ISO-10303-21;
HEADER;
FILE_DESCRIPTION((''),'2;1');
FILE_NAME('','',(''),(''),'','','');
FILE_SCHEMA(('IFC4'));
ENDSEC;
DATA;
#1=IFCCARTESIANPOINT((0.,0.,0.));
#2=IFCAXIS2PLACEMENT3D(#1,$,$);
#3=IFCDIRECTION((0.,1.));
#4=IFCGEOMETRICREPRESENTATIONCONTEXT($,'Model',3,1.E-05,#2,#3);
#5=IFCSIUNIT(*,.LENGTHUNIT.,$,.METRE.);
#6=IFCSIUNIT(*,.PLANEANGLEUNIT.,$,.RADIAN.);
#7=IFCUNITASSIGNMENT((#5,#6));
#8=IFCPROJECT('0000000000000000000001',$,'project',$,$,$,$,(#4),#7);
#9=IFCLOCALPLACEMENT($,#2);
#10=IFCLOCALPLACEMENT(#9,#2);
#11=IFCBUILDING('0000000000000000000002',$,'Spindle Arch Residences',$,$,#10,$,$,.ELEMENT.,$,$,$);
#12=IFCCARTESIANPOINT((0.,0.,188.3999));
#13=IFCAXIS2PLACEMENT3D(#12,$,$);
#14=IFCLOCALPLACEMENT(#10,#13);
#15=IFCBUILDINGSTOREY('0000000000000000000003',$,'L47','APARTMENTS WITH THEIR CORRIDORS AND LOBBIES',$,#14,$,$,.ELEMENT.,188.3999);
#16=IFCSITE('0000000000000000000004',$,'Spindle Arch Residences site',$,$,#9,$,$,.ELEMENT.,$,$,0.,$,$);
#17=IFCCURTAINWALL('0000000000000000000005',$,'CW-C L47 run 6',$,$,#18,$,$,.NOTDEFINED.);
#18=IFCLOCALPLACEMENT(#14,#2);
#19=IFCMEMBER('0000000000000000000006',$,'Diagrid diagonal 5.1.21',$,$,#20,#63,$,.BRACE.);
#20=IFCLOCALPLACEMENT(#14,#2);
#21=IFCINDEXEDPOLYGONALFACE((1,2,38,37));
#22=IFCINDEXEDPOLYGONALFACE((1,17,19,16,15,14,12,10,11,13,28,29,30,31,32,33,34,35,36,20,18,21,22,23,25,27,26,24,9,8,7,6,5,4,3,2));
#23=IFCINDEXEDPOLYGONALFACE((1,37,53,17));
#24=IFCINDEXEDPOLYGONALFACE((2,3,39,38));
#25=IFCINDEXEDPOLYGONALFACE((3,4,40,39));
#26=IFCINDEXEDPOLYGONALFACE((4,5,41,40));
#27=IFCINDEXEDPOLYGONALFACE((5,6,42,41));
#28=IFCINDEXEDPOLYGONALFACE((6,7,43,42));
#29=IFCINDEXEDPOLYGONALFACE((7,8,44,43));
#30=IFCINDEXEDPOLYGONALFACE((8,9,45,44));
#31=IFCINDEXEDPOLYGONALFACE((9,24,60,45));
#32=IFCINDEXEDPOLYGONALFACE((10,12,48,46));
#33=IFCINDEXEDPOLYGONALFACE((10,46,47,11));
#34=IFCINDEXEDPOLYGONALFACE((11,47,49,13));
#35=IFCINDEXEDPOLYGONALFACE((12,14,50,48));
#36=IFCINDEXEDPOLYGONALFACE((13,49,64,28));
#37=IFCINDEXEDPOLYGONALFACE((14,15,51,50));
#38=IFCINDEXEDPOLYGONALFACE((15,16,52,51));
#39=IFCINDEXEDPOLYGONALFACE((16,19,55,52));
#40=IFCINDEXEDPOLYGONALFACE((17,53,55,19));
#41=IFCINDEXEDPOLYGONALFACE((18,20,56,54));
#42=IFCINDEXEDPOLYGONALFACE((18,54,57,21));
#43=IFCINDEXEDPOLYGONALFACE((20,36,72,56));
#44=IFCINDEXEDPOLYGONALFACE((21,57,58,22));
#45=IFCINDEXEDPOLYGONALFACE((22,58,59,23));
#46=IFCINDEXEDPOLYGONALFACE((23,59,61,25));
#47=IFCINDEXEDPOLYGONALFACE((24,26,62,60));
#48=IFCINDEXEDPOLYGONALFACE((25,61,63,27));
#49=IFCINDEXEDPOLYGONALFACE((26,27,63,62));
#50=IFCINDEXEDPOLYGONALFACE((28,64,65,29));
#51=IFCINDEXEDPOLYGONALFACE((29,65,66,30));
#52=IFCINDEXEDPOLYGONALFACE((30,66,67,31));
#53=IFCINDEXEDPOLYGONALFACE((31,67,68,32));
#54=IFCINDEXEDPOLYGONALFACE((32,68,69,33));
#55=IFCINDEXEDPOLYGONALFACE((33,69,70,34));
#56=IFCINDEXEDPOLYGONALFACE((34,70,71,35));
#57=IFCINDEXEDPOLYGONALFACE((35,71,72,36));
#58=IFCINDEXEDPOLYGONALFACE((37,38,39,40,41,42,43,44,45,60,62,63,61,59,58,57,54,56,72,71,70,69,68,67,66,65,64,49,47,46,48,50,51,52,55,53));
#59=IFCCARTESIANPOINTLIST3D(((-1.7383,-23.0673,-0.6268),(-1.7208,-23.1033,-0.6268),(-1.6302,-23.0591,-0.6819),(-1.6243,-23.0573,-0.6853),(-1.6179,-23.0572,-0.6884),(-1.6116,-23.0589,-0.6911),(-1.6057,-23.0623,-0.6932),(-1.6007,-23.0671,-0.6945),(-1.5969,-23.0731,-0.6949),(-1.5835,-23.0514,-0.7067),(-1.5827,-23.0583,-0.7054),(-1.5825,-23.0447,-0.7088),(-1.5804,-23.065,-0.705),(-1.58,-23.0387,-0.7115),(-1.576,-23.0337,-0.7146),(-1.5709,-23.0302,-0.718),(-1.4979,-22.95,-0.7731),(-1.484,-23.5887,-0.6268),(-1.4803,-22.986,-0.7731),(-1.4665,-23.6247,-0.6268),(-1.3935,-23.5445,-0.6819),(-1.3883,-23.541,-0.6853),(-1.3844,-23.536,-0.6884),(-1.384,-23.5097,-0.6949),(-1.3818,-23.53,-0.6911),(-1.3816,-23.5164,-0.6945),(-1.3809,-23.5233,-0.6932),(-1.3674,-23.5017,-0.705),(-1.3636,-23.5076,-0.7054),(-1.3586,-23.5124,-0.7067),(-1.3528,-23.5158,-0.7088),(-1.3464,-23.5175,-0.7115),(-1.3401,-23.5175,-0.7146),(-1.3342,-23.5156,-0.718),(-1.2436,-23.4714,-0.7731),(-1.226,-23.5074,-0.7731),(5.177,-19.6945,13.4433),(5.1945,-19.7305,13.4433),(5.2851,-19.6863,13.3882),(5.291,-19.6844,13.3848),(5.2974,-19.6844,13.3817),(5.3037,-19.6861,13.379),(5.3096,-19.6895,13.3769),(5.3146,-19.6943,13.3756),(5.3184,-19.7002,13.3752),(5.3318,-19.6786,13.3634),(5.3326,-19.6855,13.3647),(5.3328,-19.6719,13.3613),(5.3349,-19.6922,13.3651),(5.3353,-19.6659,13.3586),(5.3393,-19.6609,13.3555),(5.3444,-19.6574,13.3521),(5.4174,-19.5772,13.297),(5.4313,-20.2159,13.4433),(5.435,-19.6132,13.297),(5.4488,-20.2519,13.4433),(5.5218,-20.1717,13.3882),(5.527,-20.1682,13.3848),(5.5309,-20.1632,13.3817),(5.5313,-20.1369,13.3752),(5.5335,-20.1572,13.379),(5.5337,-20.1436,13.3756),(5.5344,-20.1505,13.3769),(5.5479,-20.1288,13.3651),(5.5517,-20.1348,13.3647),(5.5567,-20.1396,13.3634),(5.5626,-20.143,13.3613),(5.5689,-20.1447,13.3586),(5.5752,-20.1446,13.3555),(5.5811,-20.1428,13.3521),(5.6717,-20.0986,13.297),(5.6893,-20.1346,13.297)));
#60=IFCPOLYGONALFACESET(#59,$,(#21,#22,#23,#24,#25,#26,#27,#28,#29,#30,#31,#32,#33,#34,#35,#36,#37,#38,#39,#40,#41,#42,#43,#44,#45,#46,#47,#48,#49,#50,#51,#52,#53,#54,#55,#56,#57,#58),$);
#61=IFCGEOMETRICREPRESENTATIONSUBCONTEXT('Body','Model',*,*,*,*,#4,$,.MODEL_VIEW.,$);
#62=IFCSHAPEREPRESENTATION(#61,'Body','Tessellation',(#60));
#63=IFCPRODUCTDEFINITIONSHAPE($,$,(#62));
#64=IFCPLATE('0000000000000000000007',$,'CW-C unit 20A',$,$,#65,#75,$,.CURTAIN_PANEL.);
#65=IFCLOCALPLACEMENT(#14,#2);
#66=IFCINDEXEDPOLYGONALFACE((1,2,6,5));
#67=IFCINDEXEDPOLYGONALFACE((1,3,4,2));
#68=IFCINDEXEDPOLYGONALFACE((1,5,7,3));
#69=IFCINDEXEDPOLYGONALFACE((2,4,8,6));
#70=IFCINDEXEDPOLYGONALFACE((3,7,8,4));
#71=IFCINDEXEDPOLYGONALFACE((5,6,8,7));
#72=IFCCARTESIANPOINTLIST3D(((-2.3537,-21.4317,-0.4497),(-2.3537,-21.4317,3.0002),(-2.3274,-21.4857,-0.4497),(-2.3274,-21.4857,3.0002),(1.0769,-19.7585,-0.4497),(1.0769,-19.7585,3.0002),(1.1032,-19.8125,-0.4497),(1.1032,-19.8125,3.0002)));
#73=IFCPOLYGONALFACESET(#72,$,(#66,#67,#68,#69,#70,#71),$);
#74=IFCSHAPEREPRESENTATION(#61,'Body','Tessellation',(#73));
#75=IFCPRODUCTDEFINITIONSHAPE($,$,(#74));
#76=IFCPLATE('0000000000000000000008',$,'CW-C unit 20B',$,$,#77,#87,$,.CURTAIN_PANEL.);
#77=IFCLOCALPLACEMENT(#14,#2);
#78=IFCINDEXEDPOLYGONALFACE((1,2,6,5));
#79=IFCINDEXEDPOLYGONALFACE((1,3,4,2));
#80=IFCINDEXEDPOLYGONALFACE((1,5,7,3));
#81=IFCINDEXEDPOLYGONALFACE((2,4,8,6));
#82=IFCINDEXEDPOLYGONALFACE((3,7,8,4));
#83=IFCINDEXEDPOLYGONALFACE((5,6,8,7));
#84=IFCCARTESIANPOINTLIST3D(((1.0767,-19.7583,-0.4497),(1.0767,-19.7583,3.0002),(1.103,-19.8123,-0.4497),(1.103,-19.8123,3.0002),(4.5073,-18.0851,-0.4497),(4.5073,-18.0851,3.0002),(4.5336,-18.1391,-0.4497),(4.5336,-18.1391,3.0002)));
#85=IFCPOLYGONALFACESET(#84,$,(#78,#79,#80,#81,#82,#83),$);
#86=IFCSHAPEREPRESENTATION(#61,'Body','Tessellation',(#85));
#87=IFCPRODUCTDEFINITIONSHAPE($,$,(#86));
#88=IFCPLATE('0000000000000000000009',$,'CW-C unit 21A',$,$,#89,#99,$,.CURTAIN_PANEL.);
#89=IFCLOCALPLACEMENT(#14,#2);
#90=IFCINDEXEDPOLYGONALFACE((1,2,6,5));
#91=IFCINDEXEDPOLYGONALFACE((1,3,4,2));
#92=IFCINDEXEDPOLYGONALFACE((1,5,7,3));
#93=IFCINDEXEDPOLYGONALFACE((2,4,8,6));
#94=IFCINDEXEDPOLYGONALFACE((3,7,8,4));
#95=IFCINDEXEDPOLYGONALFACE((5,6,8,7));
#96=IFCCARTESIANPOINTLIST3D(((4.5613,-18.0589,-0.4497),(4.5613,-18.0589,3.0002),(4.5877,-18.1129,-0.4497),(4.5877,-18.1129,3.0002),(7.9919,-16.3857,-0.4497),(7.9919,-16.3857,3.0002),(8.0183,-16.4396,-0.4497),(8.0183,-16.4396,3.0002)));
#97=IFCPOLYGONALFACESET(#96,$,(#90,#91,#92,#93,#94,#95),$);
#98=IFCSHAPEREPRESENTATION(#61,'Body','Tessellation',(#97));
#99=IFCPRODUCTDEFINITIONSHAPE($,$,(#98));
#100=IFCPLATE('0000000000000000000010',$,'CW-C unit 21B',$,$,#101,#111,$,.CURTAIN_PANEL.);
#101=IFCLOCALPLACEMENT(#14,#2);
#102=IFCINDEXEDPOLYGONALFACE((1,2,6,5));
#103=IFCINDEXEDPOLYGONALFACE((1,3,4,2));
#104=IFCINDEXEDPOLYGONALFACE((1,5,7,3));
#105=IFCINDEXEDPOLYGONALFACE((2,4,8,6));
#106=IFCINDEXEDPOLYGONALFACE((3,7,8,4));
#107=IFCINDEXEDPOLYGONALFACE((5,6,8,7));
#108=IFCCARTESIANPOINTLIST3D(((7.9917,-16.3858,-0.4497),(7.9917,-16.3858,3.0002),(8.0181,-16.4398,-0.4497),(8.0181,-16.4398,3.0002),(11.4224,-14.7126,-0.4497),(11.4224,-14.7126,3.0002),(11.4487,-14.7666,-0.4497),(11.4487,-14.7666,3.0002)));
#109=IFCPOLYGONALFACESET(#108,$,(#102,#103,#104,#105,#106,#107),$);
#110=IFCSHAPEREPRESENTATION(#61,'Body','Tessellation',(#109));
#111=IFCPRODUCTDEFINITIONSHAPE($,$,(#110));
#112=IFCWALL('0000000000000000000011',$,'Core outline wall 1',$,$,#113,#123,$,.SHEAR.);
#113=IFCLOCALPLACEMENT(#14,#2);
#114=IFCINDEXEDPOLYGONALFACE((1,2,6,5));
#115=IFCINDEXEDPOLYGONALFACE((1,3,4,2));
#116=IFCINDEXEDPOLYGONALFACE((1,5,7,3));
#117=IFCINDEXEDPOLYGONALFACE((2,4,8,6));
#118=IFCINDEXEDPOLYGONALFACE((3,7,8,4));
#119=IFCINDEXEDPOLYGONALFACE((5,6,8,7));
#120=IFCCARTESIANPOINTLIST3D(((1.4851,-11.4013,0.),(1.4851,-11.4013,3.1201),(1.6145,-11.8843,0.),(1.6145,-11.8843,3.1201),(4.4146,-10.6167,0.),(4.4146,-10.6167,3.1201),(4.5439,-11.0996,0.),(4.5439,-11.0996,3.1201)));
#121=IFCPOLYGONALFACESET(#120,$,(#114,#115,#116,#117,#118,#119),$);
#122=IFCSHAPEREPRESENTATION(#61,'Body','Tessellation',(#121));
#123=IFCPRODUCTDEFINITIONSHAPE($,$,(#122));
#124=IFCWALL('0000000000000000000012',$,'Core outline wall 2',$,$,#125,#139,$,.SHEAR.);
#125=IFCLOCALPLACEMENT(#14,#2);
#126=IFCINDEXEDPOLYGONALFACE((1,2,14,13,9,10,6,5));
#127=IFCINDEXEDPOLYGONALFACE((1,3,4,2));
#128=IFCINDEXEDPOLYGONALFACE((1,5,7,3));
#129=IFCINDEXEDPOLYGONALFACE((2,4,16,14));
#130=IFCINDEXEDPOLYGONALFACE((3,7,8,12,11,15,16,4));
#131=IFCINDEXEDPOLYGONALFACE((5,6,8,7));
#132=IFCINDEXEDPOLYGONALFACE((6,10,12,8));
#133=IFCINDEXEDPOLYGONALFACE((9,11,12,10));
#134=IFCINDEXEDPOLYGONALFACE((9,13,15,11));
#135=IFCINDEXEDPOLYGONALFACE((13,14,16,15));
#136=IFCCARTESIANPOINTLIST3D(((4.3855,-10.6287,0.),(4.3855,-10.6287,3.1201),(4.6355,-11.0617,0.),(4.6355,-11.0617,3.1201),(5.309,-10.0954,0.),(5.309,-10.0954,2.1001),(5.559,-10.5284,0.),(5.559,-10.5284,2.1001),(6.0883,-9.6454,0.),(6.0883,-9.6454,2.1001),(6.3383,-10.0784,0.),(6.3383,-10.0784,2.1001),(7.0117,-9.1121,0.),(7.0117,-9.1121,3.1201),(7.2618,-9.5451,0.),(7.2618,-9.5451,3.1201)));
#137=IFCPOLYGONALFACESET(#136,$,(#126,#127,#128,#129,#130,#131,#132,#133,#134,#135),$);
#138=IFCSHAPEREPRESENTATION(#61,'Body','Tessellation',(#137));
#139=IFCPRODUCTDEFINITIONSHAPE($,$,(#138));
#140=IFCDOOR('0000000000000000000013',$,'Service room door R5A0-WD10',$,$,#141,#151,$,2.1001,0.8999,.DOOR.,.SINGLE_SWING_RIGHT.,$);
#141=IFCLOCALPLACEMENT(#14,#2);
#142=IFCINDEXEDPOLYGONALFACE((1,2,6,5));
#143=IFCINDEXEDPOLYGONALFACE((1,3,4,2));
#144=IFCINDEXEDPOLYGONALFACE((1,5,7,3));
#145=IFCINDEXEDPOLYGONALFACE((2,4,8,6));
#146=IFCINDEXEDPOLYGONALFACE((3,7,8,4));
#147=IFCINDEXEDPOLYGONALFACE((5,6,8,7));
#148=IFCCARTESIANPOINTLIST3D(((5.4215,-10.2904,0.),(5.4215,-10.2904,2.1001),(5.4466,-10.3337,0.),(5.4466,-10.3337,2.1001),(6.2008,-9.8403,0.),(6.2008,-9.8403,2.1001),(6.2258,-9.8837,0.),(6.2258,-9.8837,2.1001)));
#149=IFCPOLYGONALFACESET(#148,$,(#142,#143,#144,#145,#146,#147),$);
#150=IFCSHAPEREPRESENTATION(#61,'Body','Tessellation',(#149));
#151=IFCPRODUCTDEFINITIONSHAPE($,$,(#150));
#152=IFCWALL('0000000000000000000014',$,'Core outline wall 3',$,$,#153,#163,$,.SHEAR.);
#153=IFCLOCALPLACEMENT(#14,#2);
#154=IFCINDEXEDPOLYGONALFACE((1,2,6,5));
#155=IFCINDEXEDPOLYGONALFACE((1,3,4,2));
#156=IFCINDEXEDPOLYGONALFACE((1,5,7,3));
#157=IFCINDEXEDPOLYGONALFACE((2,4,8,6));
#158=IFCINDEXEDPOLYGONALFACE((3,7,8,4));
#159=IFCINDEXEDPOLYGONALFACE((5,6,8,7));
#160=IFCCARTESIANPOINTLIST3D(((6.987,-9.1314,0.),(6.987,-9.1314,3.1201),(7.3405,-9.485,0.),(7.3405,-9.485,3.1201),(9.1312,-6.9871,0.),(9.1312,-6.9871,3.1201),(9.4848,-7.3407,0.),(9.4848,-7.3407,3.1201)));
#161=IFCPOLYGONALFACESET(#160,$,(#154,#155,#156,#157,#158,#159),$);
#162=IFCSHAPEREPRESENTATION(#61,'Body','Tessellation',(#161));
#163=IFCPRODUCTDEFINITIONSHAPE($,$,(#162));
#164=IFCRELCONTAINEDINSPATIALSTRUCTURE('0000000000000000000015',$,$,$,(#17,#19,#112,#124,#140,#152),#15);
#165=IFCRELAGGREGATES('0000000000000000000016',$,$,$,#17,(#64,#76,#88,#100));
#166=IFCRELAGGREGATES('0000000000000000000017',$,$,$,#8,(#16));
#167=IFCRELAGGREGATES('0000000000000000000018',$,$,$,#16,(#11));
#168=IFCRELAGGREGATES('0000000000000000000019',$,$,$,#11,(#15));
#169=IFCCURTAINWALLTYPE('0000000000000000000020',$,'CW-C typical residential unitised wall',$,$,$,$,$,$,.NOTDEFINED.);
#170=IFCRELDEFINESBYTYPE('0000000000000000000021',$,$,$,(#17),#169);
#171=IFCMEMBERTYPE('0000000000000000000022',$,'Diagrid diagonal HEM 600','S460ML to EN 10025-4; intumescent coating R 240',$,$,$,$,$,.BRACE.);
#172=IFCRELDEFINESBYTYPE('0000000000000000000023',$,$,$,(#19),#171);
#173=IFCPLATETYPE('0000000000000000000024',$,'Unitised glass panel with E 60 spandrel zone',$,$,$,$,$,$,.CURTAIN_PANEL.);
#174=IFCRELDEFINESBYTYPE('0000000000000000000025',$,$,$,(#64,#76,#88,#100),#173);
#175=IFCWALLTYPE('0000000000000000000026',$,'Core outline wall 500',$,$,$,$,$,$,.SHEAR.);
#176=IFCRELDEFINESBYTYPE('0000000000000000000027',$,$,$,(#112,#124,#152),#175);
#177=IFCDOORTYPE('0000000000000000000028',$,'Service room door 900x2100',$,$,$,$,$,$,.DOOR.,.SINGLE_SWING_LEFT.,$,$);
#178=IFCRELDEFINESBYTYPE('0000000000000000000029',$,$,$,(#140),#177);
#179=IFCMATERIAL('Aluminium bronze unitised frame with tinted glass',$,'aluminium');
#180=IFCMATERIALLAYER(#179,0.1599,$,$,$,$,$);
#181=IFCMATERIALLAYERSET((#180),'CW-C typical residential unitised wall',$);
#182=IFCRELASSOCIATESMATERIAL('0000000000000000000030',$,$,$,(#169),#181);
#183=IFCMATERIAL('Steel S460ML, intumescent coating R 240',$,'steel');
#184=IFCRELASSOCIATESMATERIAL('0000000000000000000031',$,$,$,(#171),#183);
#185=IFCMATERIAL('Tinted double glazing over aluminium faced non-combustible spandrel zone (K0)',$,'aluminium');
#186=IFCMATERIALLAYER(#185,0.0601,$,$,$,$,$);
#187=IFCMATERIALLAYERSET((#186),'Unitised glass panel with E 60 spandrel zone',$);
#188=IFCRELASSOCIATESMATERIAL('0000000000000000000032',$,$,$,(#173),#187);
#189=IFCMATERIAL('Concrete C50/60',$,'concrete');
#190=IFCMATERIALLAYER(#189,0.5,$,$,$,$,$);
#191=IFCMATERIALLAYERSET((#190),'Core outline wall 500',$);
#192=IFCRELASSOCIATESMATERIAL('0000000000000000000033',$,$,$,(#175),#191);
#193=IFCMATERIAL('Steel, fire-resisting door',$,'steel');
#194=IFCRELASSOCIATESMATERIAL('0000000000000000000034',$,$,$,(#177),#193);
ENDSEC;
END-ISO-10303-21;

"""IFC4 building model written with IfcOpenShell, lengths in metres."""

from ifc_helpers import new_model, si_unit, direction, frame, frame_2d, origin, origin_2d, place, context, subcontext, project, spatial, rectangle, i_section, extrude, material, layer, layer_set, material_profile, profile_set, type_object, element, fill, aggregate, save


model = new_model("IFC4")

# Units and contexts
model_context = context("Model", 3, precision=1e-05, world=origin(), true_north=direction((0.0, 1.0)))
body_context = subcontext(model_context, "Body", "Model", "MODEL_VIEW")
ifc_project = project(units=[si_unit("LENGTHUNIT", "METRE"), si_unit("PLANEANGLEUNIT", "RADIAN")], contexts=[model_context])

# Site, building, storey
site_placement = place(None, origin())
site = spatial("IfcSite", under=ifc_project, at=site_placement, Name="Spindle Arch Residences site", CompositionType="ELEMENT", RefElevation=0.0)
building_placement = place(site_placement, origin())
building = spatial("IfcBuilding", under=site, at=building_placement, Name="Spindle Arch Residences", CompositionType="ELEMENT")
storey_placement = place(building_placement, frame((0.0, 0.0, 188.3999)))
storey = spatial("IfcBuildingStorey", under=building, at=storey_placement, Name="L47", Description="APARTMENTS WITH THEIR CORRIDORS AND LOBBIES", CompositionType="ELEMENT", Elevation=188.3999)

# Curtain wall
ifc_material_1 = material(Name="Aluminium bronze unitised frame with tinted glass", Category="aluminium")
ifc_layer_1 = layer(ifc_material_1, 0.1599)
ifc_layer_set_1 = layer_set([ifc_layer_1], Name="CW-C typical residential unitised wall")
curtain_wall_type = type_object("IfcCurtainWallType", Name="CW-C typical residential unitised wall", PredefinedType="NOTDEFINED", material=ifc_layer_set_1)
curtain_wall_placement = place(storey_placement, origin())
curtain_wall = element("IfcCurtainWall", 1, at=curtain_wall_placement, inside=storey, type_object=curtain_wall_type, Name="CW-C L47 run 6", PredefinedType="NOTDEFINED")

# Member
ifc_material_2 = material(Name="Steel S460ML, intumescent coating R 240", Category="steel")
ifc_material_profile_1 = material_profile(ifc_material_2, i_section(OverallWidth=0.3049, OverallDepth=0.6201, WebThickness=0.021, FlangeThickness=0.04, FilletRadius=0.0271, at=origin_2d()), Name="HEM 600")
ifc_profile_set_1 = profile_set([ifc_material_profile_1], Name="Steel S460ML, intumescent coating R 240")
member_type_1 = type_object("IfcMemberType", Name="Diagrid diagonal HEM 600", Description="S460ML to EN 10025-4; intumescent coating R 240", PredefinedType="BRACE", material=ifc_profile_set_1)
member_1_placement = place(storey_placement, frame((-1.4822, -23.2874, -0.7), z_axis=(0.431226, 0.210323, 0.877387), x_axis=(-0.788591, -0.384621, 0.479783)))
element("IfcMember", 2, at=member_1_placement, inside=storey, type_object=member_type_1, Name="Diagrid diagonal 5.1.21", PredefinedType="BRACE", context=body_context, shape_type="SweptSolid", body=[
    extrude(i_section(OverallWidth=0.3049, OverallDepth=0.6201, WebThickness=0.021, FlangeThickness=0.04, FilletRadius=0.0271, at=origin_2d()), origin(), (0.0, 0.0, 1.0), 16.0364),
])

# Plates
ifc_material_3 = material(Name="Tinted double glazing over aluminium faced non-combustible spandrel zone (K0)", Category="aluminium")
ifc_layer_2 = layer(ifc_material_3, 0.0601)
ifc_layer_set_2 = layer_set([ifc_layer_2], Name="Unitised glass panel with E 60 spandrel zone")
plate_type = type_object("IfcPlateType", Name="Unitised glass panel with E 60 spandrel zone", PredefinedType="CURTAIN_PANEL", material=ifc_layer_set_2)
plate_1_placement = place(storey_placement, frame((-0.6252, -20.6221, -0.4497), z_axis=(0.0, 0.0, 1.0), x_axis=(0.898794, 0.438371, 0.0)))
plate_1 = element("IfcPlate", 3, at=plate_1_placement, type_object=plate_type, Name="CW-C unit 20A", PredefinedType="CURTAIN_PANEL", context=body_context, shape_type="SweptSolid", body=[
    extrude(rectangle(XDim=3.8169, YDim=0.0601, at=origin_2d()), origin(), (0.0, 0.0, 1.0), 3.45),
])
plate_2_placement = place(storey_placement, frame((2.8052, -18.9487, -0.4497), z_axis=(0.0, 0.0, 1.0), x_axis=(0.898794, 0.438371, 0.0)))
plate_2 = element("IfcPlate", 4, at=plate_2_placement, type_object=plate_type, Name="CW-C unit 20B", PredefinedType="CURTAIN_PANEL", context=body_context, shape_type="SweptSolid", body=[
    extrude(rectangle(XDim=3.8169, YDim=0.0601, at=origin_2d()), origin(), (0.0, 0.0, 1.0), 3.45),
])
plate_3_placement = place(storey_placement, frame((6.2898, -17.2493, -0.4497), z_axis=(0.0, 0.0, 1.0), x_axis=(0.898794, 0.438371, 0.0)))
plate_3 = element("IfcPlate", 5, at=plate_3_placement, type_object=plate_type, Name="CW-C unit 21A", PredefinedType="CURTAIN_PANEL", context=body_context, shape_type="SweptSolid", body=[
    extrude(rectangle(XDim=3.8169, YDim=0.0601, at=origin_2d()), origin(), (0.0, 0.0, 1.0), 3.45),
])
plate_4_placement = place(storey_placement, frame((9.7202, -15.5762, -0.4497), z_axis=(0.0, 0.0, 1.0), x_axis=(0.898794, 0.438371, 0.0)))
plate_4 = element("IfcPlate", 6, at=plate_4_placement, type_object=plate_type, Name="CW-C unit 21B", PredefinedType="CURTAIN_PANEL", context=body_context, shape_type="SweptSolid", body=[
    extrude(rectangle(XDim=3.8169, YDim=0.0601, at=origin_2d()), origin(), (0.0, 0.0, 1.0), 3.45),
])
aggregate(curtain_wall, [plate_1, plate_2, plate_3, plate_4])

# Wall
ifc_material_4 = material(Name="Concrete C50/60", Category="concrete")
ifc_layer_3 = layer(ifc_material_4, 0.5)
ifc_layer_set_3 = layer_set([ifc_layer_3], Name="Core outline wall 500")
wall_type_1 = type_object("IfcWallType", Name="Core outline wall 500", PredefinedType="SHEAR", material=ifc_layer_set_3)
wall_1_placement = place(storey_placement, frame((1.5498, -11.6428, 0.0), z_axis=(0.0, 0.0, 1.0), x_axis=(0.965948, 0.258735, 0.0)))
element("IfcWall", 7, at=wall_1_placement, inside=storey, type_object=wall_type_1, Name="Core outline wall 1", PredefinedType="SHEAR", context=body_context, shape_type="SweptSolid", body=[
    extrude(rectangle(XDim=3.0327, YDim=0.5, at=frame_2d((1.5164, 0.0))), origin(), (0.0, 0.0, 1.0), 3.1201),
])

# Wall, opening, door
wall_2_placement = place(storey_placement, frame((4.5105, -10.8452, 0.0), z_axis=(0.0, 0.0, 1.0), x_axis=(0.865975, 0.500087, 0.0)))
wall_2 = element("IfcWall", 8, at=wall_2_placement, inside=storey, type_object=wall_type_1, Name="Core outline wall 2", PredefinedType="SHEAR", context=body_context, shape_type="SweptSolid", body=[
    extrude(rectangle(XDim=3.0327, YDim=0.5, at=frame_2d((1.5164, 0.0))), origin(), (0.0, 0.0, 1.0), 3.1201),
])
opening_1_placement = place(wall_2_placement, frame((1.0664, 0.0, 0.0)))
opening_1 = element("IfcOpeningElement", 9, at=opening_1_placement, cuts=wall_2, PredefinedType="OPENING", context=body_context, shape_type="SweptSolid", body=[
    extrude(rectangle(XDim=0.8999, YDim=2.1001, at=frame_2d((0.45, 1.05))), frame((0.0, 0.26, 0.0), z_axis=(0.0, -1.0, 0.0), x_axis=(1.0, 0.0, 0.0)), (0.0, 0.0, 1.0), 0.52),
])
ifc_material_5 = material(Name="Steel, fire-resisting door", Category="steel")
door_type_1 = type_object("IfcDoorType", Name="Service room door 900x2100", OperationType="SINGLE_SWING_LEFT", PredefinedType="DOOR", material=ifc_material_5)
door_1_placement = place(opening_1_placement, origin())
door_1 = element("IfcDoor", 10, at=door_1_placement, inside=storey, type_object=door_type_1, Name="Service room door R5A0-WD10", OperationType="SINGLE_SWING_RIGHT", OverallHeight=2.1001, OverallWidth=0.8999, PredefinedType="DOOR", context=body_context, shape_type="SweptSolid", body=[
    extrude(rectangle(XDim=0.8999, YDim=2.1001, at=frame_2d((0.45, 1.05))), frame((0.0, 0.0249, 0.0), z_axis=(0.0, -1.0, 0.0), x_axis=(1.0, 0.0, 0.0)), (0.0, 0.0, 1.0), 0.05),
])
fill(opening_1, door_1)

# Wall
wall_3_placement = place(storey_placement, frame((7.1638, -9.3081, 0.0), z_axis=(0.0, 0.0, 1.0), x_axis=(0.707107, 0.707107, 0.0)))
element("IfcWall", 11, at=wall_3_placement, inside=storey, type_object=wall_type_1, Name="Core outline wall 3", PredefinedType="SHEAR", context=body_context, shape_type="SweptSolid", body=[
    extrude(rectangle(XDim=3.0325, YDim=0.5, at=frame_2d((1.5161, 0.0))), origin(), (0.0, 0.0, 1.0), 3.1201),
])

save(model, "model.ifc")
